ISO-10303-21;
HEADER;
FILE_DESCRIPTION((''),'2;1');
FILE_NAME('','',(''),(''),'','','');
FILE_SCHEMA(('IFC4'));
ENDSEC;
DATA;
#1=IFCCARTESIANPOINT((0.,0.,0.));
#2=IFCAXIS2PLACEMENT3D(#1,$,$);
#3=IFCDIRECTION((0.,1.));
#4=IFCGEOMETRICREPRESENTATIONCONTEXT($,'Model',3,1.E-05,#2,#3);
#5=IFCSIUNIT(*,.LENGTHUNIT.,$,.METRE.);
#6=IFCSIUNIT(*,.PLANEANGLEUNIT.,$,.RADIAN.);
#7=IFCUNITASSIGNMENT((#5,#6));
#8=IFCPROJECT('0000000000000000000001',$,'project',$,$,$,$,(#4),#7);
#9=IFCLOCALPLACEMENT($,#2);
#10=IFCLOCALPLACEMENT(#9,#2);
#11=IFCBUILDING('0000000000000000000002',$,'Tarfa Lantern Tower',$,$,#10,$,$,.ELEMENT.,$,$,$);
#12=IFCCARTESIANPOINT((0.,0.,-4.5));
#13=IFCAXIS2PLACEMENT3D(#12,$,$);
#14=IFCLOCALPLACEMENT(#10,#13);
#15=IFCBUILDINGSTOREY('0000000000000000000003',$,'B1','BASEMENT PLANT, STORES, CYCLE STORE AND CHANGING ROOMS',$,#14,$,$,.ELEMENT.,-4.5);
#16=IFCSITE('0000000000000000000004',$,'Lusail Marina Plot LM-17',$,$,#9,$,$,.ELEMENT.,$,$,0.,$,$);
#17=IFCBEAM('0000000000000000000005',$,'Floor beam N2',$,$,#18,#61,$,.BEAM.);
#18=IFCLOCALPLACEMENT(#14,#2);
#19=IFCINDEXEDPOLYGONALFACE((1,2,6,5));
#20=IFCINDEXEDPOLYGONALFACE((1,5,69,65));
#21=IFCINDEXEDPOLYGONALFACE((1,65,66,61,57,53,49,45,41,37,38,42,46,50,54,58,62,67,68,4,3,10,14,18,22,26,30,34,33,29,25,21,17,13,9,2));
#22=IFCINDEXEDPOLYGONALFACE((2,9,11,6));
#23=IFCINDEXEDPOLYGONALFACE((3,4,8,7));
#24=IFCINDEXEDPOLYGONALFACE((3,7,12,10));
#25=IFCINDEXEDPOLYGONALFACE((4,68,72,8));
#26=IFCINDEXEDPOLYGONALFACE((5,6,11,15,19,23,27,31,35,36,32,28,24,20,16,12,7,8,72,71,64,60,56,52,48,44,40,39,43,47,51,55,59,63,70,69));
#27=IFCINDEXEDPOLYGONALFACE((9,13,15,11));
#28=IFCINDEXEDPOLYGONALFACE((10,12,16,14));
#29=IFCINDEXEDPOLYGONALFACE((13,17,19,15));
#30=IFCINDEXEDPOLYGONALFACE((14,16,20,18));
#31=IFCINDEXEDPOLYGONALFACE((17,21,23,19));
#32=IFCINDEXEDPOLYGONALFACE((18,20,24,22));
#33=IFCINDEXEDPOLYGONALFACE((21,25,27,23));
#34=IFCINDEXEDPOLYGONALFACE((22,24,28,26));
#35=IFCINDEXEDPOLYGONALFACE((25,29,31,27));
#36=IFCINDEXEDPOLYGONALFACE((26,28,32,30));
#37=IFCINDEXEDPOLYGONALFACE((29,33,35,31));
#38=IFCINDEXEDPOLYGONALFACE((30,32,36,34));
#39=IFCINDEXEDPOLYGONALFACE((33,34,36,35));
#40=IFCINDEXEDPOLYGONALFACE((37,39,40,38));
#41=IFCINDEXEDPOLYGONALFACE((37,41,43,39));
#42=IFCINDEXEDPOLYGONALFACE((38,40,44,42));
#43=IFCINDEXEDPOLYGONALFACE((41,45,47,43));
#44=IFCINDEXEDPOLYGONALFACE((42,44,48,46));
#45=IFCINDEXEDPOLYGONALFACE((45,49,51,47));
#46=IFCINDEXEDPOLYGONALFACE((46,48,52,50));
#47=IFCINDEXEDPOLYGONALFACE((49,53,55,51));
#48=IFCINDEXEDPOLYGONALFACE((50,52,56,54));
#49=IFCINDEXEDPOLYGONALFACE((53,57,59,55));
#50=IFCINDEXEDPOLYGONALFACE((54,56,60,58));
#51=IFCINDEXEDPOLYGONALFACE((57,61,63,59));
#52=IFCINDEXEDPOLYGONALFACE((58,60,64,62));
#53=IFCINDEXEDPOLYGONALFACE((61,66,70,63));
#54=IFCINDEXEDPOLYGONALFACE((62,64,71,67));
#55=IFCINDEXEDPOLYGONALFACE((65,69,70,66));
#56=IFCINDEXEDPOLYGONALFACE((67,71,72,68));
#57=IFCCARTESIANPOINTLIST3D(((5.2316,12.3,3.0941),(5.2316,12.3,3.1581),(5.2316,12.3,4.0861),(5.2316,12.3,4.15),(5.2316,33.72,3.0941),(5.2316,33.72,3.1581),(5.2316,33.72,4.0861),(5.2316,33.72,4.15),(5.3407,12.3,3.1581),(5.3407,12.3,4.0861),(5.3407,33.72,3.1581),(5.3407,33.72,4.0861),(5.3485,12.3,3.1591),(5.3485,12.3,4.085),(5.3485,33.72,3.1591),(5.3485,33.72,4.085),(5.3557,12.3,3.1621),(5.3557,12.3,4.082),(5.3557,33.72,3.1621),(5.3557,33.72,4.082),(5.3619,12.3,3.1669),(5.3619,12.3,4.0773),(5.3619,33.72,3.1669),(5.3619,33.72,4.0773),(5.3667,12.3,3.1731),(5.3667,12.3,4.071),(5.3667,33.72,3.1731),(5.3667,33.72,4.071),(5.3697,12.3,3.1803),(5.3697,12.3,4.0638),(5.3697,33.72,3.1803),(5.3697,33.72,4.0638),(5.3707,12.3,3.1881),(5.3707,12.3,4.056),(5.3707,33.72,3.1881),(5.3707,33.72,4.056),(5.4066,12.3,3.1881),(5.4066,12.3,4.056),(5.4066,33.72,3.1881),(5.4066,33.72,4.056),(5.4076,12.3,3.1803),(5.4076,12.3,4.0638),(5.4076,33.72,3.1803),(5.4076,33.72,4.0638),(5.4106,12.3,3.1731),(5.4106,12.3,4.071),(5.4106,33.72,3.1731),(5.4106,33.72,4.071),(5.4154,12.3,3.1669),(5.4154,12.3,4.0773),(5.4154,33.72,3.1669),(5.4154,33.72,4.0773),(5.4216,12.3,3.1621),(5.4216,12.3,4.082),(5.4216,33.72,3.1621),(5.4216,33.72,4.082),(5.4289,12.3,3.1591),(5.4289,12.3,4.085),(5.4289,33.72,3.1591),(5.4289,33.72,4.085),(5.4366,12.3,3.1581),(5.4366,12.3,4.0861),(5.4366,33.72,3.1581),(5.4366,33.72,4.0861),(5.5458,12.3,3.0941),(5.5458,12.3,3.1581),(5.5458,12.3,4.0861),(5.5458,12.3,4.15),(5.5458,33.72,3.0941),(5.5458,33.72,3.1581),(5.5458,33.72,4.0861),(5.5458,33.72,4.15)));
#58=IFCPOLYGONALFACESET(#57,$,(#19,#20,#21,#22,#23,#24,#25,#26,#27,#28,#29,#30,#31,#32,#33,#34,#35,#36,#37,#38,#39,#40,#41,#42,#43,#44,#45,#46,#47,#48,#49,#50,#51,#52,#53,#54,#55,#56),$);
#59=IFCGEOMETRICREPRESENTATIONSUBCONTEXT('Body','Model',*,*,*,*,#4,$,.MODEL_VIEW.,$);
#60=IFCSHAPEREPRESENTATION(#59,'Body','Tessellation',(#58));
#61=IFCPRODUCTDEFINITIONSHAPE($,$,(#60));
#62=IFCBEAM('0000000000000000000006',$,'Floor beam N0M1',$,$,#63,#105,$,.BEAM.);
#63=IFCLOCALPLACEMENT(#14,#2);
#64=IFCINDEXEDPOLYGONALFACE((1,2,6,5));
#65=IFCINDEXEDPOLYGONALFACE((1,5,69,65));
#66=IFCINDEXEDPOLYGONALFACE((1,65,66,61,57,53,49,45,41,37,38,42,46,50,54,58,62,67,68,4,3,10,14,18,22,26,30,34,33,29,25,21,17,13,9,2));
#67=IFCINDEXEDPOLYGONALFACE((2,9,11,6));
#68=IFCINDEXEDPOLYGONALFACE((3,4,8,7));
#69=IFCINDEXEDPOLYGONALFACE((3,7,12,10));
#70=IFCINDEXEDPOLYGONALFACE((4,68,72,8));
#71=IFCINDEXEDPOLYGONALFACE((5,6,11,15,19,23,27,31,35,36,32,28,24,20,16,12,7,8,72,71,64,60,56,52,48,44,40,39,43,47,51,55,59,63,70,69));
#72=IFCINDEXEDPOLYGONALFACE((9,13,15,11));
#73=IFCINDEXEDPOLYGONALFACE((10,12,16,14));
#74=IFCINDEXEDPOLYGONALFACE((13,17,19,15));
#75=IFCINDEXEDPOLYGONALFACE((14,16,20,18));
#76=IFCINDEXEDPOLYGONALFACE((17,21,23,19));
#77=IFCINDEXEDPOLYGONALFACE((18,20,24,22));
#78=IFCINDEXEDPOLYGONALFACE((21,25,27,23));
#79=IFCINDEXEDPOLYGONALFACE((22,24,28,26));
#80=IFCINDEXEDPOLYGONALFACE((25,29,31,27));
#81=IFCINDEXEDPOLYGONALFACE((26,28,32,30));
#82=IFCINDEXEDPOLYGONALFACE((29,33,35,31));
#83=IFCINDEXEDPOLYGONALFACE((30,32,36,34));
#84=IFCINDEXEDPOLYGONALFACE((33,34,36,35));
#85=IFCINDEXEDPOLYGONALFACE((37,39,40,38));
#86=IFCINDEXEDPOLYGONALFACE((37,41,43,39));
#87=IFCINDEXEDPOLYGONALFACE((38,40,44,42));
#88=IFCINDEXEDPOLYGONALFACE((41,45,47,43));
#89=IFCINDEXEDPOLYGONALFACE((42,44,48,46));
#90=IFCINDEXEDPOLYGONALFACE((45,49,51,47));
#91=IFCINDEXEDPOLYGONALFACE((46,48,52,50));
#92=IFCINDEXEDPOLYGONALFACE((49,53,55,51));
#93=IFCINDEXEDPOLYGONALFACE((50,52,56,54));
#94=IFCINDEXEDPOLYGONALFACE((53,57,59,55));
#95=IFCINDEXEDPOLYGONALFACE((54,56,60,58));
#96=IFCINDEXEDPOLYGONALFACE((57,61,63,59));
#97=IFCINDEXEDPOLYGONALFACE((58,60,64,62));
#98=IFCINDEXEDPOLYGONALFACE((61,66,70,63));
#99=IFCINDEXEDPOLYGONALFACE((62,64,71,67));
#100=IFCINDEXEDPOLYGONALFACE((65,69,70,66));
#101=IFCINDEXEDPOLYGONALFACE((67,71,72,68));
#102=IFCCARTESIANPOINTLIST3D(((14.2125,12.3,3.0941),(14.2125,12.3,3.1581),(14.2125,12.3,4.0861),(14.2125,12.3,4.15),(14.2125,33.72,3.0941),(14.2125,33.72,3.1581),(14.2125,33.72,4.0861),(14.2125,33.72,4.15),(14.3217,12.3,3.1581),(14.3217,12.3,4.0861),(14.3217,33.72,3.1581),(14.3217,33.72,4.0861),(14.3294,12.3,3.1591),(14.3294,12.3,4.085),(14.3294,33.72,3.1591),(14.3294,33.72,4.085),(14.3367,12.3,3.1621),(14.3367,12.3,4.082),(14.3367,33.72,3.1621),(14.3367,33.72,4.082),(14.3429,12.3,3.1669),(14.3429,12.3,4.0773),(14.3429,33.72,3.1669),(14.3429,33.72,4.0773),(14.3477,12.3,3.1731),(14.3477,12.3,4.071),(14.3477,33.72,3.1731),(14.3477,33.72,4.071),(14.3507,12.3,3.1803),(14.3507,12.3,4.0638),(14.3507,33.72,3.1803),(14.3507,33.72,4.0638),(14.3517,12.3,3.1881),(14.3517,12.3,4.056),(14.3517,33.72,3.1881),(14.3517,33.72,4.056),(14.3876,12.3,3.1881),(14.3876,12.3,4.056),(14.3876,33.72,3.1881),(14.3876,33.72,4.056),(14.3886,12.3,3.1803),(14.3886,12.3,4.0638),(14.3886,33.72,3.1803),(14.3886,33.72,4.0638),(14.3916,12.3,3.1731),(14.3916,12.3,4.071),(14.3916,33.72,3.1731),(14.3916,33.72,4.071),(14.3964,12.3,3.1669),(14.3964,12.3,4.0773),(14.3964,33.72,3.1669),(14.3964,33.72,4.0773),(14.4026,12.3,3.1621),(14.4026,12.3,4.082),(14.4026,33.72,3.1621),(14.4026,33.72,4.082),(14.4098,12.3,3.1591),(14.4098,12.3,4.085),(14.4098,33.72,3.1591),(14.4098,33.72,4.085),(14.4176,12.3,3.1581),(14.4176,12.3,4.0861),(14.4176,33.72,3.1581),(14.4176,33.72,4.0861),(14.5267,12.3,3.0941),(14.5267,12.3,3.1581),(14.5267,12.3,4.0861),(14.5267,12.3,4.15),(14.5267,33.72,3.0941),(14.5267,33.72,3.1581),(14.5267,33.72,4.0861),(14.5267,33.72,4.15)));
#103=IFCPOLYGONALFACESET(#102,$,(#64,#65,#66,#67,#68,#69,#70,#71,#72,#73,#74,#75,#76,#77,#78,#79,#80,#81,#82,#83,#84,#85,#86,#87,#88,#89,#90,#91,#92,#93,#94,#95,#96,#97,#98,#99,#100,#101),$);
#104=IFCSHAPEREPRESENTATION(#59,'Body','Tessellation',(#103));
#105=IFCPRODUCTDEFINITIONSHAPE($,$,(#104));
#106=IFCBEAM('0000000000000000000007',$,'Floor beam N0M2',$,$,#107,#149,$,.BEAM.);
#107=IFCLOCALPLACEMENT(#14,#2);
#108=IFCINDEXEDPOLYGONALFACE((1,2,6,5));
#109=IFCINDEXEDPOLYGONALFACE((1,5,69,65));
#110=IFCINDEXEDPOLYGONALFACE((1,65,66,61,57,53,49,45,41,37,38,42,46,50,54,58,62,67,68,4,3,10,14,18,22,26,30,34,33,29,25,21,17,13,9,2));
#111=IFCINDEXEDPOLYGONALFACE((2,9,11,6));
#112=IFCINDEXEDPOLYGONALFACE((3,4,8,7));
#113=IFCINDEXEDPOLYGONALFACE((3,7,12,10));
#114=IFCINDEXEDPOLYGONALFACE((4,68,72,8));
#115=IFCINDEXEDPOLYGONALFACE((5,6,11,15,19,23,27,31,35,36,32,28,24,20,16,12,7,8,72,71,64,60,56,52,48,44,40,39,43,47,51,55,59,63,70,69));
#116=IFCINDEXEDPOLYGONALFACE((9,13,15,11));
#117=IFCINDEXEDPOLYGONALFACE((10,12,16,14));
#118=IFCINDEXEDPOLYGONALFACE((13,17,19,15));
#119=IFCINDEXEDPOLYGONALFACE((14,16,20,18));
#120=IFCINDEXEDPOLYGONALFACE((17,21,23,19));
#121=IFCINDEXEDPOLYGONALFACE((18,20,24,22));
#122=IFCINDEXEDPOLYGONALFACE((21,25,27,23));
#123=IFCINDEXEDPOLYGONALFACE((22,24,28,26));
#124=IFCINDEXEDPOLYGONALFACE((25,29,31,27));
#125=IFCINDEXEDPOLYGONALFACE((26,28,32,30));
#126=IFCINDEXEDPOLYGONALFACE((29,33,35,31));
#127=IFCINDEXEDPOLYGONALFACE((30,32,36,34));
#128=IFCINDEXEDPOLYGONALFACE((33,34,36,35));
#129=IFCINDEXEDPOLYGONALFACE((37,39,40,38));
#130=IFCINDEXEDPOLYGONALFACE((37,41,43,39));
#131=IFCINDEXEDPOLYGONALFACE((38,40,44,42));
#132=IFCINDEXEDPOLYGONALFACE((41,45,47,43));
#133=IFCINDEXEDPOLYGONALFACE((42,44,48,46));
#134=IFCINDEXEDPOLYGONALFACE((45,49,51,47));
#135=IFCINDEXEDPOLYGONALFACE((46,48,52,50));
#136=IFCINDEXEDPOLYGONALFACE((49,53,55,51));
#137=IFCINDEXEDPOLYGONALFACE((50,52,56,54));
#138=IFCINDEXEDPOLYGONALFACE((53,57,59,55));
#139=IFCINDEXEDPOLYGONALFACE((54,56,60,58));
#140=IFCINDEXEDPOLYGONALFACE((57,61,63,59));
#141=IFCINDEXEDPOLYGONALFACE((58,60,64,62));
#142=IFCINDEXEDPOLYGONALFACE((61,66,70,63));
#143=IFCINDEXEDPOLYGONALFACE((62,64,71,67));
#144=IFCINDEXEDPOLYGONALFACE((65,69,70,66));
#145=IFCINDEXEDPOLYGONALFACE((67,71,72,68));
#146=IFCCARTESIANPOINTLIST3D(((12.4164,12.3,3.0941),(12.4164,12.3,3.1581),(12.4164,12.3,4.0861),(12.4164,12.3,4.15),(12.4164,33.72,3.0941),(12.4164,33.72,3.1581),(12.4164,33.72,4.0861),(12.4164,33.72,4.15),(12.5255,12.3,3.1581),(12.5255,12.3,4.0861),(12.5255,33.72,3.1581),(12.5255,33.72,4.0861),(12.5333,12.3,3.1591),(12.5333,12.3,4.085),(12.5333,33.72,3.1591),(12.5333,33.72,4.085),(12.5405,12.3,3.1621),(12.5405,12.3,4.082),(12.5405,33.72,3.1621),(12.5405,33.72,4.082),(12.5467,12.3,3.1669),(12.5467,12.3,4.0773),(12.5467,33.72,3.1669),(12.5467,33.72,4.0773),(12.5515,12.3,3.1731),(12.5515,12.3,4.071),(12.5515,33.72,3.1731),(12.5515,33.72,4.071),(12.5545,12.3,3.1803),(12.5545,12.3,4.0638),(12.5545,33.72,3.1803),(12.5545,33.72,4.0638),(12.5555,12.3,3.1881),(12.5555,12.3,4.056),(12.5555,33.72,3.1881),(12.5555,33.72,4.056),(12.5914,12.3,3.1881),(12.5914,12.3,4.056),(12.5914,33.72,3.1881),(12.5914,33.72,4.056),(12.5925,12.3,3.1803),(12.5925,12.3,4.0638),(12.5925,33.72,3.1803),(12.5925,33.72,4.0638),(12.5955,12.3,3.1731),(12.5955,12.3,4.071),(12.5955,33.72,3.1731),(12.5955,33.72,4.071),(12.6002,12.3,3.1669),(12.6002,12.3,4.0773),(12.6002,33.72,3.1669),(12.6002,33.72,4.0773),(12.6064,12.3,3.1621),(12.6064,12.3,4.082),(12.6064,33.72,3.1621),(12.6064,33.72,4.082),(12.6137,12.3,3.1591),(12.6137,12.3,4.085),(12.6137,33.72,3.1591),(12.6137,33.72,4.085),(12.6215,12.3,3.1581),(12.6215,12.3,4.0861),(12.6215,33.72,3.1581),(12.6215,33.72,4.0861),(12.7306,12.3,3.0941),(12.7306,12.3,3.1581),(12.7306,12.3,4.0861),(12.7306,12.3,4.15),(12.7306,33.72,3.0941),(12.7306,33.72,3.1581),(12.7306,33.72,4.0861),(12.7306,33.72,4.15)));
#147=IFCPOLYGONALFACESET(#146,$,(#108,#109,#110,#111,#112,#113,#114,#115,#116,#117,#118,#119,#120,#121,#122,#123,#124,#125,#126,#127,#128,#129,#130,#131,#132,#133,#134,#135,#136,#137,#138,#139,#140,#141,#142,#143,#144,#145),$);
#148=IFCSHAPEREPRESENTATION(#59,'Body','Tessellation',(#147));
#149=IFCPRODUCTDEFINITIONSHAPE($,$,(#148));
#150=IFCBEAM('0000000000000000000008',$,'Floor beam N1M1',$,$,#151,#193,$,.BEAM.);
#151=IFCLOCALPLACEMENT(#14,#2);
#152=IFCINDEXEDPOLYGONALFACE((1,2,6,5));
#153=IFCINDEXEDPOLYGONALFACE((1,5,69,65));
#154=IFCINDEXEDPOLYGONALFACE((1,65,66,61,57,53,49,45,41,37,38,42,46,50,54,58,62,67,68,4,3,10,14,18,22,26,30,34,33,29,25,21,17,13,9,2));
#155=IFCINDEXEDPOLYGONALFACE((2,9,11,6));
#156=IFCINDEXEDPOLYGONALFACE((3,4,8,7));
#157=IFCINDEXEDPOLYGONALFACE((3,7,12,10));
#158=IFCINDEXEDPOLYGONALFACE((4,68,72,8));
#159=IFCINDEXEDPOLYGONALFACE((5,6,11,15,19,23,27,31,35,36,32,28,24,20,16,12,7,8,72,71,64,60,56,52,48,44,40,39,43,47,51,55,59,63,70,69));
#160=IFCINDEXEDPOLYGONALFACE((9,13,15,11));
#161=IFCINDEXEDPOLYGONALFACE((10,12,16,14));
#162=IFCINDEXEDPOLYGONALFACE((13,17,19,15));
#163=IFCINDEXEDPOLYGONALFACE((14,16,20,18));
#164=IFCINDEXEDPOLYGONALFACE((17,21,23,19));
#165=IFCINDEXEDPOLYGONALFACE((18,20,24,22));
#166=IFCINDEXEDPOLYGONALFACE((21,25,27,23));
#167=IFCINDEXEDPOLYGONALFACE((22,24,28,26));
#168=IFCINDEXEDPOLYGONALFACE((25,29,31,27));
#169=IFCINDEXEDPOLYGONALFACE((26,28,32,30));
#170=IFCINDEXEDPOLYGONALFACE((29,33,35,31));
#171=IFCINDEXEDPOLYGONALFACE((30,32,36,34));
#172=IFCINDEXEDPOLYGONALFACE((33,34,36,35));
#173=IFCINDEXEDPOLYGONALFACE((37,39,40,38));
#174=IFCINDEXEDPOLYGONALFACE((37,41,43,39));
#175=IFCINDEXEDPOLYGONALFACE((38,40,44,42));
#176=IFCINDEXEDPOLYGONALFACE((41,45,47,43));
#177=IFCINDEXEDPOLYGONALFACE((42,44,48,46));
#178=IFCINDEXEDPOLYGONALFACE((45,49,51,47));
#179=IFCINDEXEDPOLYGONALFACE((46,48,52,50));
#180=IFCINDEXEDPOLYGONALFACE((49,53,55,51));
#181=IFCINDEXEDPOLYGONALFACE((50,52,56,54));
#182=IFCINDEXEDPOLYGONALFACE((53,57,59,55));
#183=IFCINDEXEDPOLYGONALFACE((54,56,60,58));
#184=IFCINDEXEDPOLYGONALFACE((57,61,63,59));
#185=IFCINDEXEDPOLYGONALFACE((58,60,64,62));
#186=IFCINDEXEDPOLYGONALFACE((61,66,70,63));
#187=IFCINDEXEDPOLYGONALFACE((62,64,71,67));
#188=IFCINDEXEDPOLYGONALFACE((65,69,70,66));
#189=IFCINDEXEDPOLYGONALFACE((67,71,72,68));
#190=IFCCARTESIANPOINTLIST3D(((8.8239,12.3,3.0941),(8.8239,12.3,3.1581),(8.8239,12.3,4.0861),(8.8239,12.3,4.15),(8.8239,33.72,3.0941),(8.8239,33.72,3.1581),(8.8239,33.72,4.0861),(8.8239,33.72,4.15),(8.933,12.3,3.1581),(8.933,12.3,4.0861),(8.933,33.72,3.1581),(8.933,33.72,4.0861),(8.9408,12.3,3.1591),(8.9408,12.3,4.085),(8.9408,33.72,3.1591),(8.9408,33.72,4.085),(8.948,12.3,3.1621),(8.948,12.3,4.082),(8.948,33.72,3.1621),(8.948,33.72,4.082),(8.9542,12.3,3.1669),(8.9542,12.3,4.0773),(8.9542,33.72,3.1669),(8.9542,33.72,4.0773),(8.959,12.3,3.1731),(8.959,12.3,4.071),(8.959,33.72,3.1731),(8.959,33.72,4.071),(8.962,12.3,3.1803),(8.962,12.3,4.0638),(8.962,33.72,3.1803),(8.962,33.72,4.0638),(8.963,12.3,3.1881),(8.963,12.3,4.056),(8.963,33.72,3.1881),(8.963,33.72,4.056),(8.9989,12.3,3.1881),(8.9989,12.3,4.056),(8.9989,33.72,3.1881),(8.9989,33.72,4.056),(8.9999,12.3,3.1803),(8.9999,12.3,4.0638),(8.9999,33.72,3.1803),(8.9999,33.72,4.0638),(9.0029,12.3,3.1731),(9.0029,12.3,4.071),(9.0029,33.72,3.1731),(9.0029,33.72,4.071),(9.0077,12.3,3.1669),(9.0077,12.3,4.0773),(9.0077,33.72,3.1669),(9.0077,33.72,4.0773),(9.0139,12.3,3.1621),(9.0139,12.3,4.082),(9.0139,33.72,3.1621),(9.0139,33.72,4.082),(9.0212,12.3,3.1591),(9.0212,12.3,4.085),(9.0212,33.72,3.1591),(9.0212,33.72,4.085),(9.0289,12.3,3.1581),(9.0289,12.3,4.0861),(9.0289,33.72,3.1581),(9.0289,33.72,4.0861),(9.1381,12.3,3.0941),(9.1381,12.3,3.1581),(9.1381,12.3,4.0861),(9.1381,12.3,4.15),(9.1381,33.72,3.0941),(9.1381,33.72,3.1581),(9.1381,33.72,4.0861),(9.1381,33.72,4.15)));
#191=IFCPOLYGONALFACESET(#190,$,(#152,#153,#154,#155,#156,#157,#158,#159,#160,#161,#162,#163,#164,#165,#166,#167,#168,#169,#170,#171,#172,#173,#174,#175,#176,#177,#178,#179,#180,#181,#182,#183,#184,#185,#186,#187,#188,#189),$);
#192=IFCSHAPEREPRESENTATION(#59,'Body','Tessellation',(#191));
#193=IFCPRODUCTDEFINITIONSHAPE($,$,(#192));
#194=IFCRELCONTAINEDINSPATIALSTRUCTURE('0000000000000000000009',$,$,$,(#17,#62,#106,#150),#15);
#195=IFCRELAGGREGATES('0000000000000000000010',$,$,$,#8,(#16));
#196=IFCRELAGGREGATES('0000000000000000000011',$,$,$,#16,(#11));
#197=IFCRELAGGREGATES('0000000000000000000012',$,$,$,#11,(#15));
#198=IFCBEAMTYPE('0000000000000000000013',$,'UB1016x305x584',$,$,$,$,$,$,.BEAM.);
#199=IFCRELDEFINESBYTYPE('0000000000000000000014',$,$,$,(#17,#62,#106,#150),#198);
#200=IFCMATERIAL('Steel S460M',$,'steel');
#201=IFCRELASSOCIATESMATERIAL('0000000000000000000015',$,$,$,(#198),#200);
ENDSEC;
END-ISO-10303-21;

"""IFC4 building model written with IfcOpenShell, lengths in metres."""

from ifc_helpers import new_model, si_unit, direction, frame, origin, origin_2d, place, context, subcontext, project, spatial, i_section, extrude, material, material_profile, profile_set, type_object, element, save


model = new_model("IFC4")

# Units and contexts
model_context = context("Model", 3, precision=1e-05, world=origin(), true_north=direction((0.0, 1.0)))
body_context = subcontext(model_context, "Body", "Model", "MODEL_VIEW")
ifc_project = project(units=[si_unit("LENGTHUNIT", "METRE"), si_unit("PLANEANGLEUNIT", "RADIAN")], contexts=[model_context])

# Site, building, storey
site_placement = place(None, origin())
site = spatial("IfcSite", under=ifc_project, at=site_placement, Name="Lusail Marina Plot LM-17", CompositionType="ELEMENT", RefElevation=0.0)
building_placement = place(site_placement, origin())
building = spatial("IfcBuilding", under=site, at=building_placement, Name="Tarfa Lantern Tower", CompositionType="ELEMENT")
storey_placement = place(building_placement, frame((0.0, 0.0, -4.5)))
storey = spatial("IfcBuildingStorey", under=building, at=storey_placement, Name="B1", Description="BASEMENT PLANT, STORES, CYCLE STORE AND CHANGING ROOMS", CompositionType="ELEMENT", Elevation=-4.5)

# Beams
ifc_material_1 = material(Name="Steel S460M", Category="steel")
ifc_material_profile_1 = material_profile(ifc_material_1, i_section(OverallWidth=0.3142, OverallDepth=1.0559, WebThickness=0.0359, FlangeThickness=0.064, FilletRadius=0.03, at=origin_2d()), Name="UB1016x305x584")
ifc_profile_set_1 = profile_set([ifc_material_profile_1], Name="Steel S460M")
beam_type_1 = type_object("IfcBeamType", Name="UB1016x305x584", PredefinedType="BEAM", material=ifc_profile_set_1)
for number, where, z_axis, x_axis, name in (
    (1, (5.3887, 33.72, 3.6221), (0.0, -1.0, 0.0), (1.0, 0.0, 0.0), "Floor beam N2"),
    (2, (14.3696, 33.72, 3.6221), (0.0, -1.0, 0.0), (1.0, 0.0, 0.0), "Floor beam N0M1"),
    (3, (12.5735, 33.72, 3.6221), (0.0, -1.0, 0.0), (1.0, 0.0, 0.0), "Floor beam N0M2"),
    (4, (8.981, 33.72, 3.6221), (0.0, -1.0, 0.0), (1.0, 0.0, 0.0), "Floor beam N1M1"),
):
    element("IfcBeam", number, at=place(storey_placement, frame(where, z_axis=z_axis, x_axis=x_axis)), inside=storey, type_object=beam_type_1, Name=name, PredefinedType="BEAM", context=body_context, shape_type="SweptSolid", body=[
        extrude(i_section(OverallWidth=0.3142, OverallDepth=1.0559, WebThickness=0.0359, FlangeThickness=0.064, FilletRadius=0.03, at=origin_2d()), origin(), (0.0, 0.0, 1.0), 21.4199),
    ])

save(model, "model.ifc")
